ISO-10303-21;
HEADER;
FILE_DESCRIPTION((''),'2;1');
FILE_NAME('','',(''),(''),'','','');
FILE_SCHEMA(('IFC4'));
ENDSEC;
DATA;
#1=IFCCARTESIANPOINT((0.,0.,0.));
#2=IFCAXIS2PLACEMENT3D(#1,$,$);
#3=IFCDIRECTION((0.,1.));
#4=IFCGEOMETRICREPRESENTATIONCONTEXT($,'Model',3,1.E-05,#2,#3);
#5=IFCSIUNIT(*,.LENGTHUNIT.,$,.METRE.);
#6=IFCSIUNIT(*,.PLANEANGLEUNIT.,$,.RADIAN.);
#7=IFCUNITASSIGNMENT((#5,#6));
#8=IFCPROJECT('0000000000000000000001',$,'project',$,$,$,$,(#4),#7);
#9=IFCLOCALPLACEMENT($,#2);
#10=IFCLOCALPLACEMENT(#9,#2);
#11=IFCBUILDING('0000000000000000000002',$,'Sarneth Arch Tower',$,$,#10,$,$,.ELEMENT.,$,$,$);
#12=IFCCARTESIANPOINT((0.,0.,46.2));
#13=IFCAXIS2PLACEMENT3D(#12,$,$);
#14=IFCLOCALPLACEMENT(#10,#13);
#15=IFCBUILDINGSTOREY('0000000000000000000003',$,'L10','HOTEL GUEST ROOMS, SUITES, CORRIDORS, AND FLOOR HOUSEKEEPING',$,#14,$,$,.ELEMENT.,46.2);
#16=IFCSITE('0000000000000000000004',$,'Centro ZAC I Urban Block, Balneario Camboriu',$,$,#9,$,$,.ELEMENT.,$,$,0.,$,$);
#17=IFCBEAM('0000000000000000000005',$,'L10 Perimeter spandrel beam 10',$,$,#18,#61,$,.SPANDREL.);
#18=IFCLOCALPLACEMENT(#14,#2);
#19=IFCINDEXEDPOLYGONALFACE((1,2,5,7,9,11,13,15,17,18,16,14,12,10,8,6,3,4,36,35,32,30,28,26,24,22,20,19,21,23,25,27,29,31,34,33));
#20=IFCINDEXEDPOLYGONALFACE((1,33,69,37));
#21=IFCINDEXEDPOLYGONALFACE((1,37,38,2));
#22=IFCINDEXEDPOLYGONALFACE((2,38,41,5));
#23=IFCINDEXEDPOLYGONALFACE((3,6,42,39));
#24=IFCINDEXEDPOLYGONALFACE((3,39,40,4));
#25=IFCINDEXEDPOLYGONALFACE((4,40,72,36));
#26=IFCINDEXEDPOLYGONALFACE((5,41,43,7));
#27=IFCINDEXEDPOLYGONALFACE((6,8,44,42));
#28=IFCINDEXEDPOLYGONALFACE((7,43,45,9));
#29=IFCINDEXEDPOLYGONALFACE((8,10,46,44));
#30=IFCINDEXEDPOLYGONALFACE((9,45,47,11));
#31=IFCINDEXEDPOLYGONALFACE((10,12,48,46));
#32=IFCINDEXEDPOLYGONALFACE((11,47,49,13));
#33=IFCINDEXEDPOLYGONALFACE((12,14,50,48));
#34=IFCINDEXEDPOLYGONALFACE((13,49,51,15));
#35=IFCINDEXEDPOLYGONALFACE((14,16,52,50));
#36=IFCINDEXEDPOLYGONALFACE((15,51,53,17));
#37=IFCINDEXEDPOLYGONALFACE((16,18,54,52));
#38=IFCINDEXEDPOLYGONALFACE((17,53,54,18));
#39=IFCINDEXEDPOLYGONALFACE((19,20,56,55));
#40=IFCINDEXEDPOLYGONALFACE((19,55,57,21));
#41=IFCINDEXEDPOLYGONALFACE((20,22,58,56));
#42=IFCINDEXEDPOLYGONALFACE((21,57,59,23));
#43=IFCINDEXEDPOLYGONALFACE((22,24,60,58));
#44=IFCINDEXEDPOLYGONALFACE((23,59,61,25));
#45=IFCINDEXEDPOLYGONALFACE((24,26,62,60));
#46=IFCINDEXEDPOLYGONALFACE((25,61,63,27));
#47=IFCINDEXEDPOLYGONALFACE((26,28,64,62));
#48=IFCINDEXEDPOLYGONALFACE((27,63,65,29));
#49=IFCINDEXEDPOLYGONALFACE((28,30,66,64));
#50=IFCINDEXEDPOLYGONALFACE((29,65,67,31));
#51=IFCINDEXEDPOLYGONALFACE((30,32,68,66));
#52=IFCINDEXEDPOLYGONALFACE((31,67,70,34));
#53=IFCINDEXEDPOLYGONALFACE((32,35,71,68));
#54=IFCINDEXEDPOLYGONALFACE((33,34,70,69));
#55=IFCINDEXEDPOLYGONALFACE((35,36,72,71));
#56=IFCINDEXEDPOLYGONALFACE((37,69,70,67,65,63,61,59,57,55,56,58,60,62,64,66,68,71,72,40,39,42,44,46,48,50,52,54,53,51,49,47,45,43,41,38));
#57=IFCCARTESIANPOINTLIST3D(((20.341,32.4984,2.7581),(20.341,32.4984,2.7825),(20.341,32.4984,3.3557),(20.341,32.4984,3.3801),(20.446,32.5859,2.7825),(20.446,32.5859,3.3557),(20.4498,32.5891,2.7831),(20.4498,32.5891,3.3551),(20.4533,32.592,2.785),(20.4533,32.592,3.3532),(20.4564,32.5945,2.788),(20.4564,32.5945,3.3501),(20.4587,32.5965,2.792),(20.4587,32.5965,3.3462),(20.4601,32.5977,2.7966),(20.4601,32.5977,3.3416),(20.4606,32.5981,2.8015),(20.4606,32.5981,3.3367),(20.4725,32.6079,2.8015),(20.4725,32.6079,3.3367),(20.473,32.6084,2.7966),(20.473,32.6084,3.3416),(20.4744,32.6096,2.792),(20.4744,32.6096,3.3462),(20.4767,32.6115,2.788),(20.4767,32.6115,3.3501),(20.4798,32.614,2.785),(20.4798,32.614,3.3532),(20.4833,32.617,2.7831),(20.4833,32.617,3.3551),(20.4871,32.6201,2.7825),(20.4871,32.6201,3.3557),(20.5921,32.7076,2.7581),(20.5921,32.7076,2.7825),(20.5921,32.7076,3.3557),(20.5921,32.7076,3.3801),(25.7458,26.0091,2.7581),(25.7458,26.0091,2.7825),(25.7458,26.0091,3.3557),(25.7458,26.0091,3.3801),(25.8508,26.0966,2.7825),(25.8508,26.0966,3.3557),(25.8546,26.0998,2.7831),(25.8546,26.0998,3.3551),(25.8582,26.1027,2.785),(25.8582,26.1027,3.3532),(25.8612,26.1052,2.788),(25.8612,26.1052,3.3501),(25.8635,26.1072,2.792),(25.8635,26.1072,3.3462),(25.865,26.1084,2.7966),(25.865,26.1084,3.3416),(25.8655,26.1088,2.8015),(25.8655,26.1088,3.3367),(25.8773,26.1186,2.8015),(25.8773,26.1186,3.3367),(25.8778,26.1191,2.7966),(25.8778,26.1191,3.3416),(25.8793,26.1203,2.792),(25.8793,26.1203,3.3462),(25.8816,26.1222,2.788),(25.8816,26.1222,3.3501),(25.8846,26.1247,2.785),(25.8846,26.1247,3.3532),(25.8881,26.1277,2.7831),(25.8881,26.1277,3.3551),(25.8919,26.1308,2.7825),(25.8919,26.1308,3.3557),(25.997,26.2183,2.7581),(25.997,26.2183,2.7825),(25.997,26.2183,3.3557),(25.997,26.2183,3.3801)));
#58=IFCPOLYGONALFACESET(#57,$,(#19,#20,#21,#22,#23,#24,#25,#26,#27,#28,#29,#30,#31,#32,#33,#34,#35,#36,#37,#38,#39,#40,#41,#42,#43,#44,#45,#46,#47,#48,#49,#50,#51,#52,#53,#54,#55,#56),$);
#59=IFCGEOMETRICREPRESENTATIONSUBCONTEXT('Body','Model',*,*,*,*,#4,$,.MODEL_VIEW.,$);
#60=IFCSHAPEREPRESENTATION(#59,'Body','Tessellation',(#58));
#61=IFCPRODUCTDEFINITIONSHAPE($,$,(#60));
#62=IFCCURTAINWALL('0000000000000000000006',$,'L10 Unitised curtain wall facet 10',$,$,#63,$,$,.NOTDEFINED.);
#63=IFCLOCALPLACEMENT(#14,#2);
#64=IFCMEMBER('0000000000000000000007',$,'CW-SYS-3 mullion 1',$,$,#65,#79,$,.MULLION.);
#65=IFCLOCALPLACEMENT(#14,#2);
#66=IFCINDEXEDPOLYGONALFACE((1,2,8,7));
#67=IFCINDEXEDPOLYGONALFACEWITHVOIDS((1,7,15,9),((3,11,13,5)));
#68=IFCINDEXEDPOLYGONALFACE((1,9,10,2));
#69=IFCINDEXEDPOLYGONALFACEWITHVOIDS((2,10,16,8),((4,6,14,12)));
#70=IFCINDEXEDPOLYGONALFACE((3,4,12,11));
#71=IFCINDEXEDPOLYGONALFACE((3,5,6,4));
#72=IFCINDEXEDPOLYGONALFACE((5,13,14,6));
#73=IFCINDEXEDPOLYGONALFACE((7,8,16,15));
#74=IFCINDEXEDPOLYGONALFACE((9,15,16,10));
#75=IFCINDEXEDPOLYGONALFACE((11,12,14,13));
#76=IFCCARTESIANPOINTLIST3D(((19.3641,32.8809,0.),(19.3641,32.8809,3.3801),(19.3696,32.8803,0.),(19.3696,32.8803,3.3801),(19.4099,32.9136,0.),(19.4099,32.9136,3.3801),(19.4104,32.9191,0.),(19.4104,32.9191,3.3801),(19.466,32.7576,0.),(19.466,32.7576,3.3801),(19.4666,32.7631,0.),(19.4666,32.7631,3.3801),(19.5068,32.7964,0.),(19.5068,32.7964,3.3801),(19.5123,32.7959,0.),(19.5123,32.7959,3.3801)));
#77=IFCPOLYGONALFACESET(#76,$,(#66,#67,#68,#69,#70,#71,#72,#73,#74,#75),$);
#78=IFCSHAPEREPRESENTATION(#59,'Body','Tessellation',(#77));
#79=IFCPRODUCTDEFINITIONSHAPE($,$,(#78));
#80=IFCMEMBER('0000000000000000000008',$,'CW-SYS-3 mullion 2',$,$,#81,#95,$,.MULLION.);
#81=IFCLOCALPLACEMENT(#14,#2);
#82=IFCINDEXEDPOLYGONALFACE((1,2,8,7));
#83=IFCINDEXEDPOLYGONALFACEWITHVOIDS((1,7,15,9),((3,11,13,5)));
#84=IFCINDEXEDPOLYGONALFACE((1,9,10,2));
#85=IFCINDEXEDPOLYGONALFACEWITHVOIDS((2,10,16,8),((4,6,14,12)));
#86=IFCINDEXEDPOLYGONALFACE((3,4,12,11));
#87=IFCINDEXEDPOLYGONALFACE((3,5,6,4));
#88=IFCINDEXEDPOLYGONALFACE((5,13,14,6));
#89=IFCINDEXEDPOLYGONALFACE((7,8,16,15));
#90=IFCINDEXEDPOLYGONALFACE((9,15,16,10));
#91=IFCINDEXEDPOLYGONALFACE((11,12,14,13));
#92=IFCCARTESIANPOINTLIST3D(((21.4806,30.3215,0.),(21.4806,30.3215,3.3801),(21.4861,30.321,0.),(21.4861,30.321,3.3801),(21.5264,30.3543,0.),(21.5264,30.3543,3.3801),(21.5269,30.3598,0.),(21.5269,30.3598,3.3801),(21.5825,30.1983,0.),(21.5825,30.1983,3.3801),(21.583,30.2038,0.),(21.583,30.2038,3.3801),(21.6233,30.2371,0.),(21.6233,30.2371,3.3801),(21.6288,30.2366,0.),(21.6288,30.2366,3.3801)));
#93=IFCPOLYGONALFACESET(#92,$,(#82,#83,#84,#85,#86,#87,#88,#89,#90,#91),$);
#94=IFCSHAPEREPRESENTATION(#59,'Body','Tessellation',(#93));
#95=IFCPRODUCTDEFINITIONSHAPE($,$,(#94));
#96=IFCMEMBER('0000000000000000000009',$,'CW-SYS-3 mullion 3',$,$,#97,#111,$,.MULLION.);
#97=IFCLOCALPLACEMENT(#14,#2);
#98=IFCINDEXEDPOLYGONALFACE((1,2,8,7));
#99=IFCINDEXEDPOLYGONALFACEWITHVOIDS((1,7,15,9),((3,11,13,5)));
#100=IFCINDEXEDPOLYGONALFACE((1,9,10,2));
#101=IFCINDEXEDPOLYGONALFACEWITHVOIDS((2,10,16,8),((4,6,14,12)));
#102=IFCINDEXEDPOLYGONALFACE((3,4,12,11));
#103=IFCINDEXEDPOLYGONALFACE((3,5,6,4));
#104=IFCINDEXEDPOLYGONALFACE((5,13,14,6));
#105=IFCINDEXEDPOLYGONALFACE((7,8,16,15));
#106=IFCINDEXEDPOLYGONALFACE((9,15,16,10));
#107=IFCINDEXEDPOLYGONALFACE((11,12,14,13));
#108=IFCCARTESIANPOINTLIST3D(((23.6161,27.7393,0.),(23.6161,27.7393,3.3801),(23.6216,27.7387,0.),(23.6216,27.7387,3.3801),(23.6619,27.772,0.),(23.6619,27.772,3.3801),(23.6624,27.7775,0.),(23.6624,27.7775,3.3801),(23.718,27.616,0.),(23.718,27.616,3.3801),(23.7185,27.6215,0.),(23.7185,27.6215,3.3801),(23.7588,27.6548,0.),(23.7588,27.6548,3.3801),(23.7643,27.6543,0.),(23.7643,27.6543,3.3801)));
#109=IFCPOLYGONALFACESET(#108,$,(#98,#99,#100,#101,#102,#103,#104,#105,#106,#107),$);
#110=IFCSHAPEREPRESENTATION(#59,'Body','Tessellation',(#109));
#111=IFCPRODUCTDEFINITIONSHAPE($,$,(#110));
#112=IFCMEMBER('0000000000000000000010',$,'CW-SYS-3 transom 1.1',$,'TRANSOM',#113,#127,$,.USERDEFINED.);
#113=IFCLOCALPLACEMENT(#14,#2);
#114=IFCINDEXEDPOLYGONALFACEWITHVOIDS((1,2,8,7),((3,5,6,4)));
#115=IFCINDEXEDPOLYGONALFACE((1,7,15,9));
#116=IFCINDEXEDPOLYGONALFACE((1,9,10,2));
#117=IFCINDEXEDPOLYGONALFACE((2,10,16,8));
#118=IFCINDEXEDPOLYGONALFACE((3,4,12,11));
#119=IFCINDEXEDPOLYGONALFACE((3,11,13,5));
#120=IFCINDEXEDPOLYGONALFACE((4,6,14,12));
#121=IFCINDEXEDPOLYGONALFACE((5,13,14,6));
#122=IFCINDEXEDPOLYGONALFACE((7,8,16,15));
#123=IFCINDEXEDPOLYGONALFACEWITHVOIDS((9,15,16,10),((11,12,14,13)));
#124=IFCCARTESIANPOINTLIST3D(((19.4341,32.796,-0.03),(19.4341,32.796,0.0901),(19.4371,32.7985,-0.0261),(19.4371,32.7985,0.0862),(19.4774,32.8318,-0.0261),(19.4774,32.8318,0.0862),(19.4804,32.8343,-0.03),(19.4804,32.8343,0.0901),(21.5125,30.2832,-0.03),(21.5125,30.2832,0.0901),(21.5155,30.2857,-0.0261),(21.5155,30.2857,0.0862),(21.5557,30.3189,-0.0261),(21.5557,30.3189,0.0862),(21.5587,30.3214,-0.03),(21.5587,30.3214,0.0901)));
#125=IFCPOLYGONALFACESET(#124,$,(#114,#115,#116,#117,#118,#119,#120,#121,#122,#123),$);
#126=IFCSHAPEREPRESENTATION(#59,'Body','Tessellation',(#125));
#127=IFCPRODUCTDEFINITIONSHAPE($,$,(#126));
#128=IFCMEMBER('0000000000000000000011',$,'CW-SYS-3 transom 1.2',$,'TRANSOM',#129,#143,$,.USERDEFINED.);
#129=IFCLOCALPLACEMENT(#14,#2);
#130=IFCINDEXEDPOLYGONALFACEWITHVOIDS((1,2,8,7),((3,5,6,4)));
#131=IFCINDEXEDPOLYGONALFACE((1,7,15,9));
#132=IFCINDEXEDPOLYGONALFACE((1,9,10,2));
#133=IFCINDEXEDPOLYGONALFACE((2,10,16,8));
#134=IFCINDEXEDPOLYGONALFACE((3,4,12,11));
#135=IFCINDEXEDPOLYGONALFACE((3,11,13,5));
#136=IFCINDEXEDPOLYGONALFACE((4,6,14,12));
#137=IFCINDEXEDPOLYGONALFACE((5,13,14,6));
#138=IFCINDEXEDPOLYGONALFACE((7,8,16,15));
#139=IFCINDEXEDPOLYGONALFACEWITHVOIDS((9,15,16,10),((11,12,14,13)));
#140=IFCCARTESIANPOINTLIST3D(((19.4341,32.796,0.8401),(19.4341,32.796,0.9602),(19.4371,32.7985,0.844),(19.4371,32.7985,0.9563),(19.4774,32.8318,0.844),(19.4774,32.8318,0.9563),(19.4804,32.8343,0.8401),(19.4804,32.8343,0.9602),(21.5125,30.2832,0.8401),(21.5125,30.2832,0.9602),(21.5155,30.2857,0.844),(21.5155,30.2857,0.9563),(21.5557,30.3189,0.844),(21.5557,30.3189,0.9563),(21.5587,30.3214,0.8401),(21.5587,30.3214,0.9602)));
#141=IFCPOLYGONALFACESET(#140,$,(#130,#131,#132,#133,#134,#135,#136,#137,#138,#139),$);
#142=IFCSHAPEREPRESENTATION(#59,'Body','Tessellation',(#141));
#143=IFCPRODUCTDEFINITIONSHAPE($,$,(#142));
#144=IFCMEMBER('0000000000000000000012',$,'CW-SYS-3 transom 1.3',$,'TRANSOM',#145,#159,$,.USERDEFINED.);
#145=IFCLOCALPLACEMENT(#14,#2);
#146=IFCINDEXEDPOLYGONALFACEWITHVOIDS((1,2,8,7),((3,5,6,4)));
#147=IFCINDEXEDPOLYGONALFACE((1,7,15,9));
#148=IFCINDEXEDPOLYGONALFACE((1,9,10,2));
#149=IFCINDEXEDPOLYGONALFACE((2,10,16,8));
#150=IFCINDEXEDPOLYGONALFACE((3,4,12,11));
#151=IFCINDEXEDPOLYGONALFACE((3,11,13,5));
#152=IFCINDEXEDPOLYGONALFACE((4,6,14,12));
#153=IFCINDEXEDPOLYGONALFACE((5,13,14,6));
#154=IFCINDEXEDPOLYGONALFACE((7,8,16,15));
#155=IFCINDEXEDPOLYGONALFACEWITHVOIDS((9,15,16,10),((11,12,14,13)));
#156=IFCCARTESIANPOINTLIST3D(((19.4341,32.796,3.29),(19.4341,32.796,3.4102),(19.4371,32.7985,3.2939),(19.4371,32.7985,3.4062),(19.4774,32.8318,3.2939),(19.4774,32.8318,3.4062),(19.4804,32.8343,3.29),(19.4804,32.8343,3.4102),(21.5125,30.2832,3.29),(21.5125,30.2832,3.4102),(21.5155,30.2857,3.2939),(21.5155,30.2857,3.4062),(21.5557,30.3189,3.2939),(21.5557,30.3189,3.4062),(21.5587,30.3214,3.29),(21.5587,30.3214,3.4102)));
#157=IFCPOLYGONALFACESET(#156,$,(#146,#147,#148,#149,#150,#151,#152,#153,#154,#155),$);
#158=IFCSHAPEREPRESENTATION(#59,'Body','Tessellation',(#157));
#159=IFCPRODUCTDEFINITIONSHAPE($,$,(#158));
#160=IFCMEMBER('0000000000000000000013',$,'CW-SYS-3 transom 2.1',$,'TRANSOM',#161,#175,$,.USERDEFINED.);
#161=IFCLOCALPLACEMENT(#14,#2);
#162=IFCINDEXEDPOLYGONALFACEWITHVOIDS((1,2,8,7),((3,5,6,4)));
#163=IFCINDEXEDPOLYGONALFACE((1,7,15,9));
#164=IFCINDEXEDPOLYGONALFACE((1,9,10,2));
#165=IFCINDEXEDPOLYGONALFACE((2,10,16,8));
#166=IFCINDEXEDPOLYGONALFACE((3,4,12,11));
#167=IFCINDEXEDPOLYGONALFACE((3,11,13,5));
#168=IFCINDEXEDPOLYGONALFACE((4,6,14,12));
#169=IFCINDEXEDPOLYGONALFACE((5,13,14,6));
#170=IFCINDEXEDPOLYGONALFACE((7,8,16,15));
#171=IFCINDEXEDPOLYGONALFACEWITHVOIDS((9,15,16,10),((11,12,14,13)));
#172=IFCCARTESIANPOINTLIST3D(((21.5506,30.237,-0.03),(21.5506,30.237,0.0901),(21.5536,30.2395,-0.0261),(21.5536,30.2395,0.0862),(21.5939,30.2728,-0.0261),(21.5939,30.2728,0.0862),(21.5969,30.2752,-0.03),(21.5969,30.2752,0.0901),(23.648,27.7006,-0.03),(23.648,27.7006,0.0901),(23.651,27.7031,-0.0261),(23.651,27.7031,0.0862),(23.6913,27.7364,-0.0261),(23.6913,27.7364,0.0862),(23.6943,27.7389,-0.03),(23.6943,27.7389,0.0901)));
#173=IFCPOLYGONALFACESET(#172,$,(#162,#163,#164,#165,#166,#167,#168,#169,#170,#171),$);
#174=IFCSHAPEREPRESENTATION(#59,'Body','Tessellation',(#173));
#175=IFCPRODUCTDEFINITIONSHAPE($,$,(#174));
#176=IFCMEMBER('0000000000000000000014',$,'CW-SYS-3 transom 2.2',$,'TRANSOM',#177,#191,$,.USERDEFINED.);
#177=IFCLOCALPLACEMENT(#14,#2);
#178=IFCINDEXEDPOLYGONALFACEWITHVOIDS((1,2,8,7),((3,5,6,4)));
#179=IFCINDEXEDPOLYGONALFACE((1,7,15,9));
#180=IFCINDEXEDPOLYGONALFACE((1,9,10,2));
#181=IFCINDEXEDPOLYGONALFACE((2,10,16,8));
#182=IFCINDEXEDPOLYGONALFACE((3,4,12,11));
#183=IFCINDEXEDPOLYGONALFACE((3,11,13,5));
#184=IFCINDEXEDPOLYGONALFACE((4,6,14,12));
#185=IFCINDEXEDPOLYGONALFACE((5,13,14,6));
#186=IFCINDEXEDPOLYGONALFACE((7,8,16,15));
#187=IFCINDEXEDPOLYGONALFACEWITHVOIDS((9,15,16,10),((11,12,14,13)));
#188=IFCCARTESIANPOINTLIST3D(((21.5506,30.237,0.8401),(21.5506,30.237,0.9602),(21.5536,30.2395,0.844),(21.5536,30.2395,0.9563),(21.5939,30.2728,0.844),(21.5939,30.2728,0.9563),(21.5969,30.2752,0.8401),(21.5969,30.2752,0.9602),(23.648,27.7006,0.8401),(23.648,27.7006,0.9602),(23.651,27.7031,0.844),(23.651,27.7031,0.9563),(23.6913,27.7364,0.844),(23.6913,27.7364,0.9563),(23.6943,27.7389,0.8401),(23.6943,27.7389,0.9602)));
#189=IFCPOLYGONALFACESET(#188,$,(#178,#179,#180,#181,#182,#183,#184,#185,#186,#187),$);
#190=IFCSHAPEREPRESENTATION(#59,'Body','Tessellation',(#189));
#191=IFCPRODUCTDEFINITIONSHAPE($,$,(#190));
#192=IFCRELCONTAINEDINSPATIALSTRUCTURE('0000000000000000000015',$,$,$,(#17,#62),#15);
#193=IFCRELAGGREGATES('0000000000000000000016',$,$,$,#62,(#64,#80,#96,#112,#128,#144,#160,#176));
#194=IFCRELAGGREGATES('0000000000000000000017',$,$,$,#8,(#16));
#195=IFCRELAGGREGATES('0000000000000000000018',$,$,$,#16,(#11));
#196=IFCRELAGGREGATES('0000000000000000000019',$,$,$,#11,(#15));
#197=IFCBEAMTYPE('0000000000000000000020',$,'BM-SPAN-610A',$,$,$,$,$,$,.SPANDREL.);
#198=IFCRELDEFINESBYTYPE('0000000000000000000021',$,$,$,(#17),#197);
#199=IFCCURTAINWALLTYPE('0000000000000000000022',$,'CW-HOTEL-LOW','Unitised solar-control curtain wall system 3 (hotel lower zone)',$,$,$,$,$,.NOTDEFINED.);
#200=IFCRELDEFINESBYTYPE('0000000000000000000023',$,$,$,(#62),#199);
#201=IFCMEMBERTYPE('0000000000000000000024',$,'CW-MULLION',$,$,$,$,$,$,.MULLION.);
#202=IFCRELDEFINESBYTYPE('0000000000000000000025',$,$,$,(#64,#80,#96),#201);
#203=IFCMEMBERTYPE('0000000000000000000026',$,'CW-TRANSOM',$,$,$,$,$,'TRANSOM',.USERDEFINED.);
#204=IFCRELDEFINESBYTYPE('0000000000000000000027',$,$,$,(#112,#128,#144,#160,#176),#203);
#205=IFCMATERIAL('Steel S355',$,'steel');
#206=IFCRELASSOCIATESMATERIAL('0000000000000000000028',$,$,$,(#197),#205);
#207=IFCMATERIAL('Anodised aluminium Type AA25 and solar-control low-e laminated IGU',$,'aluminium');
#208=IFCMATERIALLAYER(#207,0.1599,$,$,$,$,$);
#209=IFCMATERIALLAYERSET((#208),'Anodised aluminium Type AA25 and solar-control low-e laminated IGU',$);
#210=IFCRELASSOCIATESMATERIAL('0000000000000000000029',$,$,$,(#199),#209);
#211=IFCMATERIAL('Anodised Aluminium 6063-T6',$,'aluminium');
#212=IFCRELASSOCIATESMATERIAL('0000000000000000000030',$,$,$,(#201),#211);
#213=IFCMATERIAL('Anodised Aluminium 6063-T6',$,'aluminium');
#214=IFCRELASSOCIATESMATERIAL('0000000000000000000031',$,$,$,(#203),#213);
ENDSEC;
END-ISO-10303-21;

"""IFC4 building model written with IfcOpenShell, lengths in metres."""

from ifc_helpers import new_model, si_unit, direction, frame, origin, origin_2d, place, context, subcontext, project, spatial, hollow_rectangle, i_section, extrude, material, layer, layer_set, material_profile, profile_set, type_object, element, aggregate, save


model = new_model("IFC4")

# Units and contexts
model_context = context("Model", 3, precision=1e-05, world=origin(), true_north=direction((0.0, 1.0)))
body_context = subcontext(model_context, "Body", "Model", "MODEL_VIEW")
ifc_project = project(units=[si_unit("LENGTHUNIT", "METRE"), si_unit("PLANEANGLEUNIT", "RADIAN")], contexts=[model_context])

# Site, building, storey
site_placement = place(None, origin())
site = spatial("IfcSite", under=ifc_project, at=site_placement, Name="Centro ZAC I Urban Block, Balneario Camboriu", CompositionType="ELEMENT", RefElevation=0.0)
building_placement = place(site_placement, origin())
building = spatial("IfcBuilding", under=site, at=building_placement, Name="Sarneth Arch Tower", CompositionType="ELEMENT")
storey_placement = place(building_placement, frame((0.0, 0.0, 46.2)))
storey = spatial("IfcBuildingStorey", under=building, at=storey_placement, Name="L10", Description="HOTEL GUEST ROOMS, SUITES, CORRIDORS, AND FLOOR HOUSEKEEPING", CompositionType="ELEMENT", Elevation=46.2)

# Beam
ifc_material_1 = material(Name="Steel S355", Category="steel")
ifc_material_profile_1 = material_profile(ifc_material_1, i_section(OverallWidth=0.3269, OverallDepth=0.6221, WebThickness=0.0154, FlangeThickness=0.0244, FilletRadius=0.019, at=origin_2d()), Name="W610x195")
ifc_profile_set_1 = profile_set([ifc_material_profile_1], Name="Steel S355")
beam_type_1 = type_object("IfcBeamType", Name="BM-SPAN-610A", PredefinedType="SPANDREL", material=ifc_profile_set_1)
beam_1_placement = place(storey_placement, frame((20.4666, 32.603, 3.0691), z_axis=(0.63998, -0.768392, 0.0), x_axis=(0.768392, 0.63998, 0.0)))
element("IfcBeam", 1, at=beam_1_placement, inside=storey, type_object=beam_type_1, Name="L10 Perimeter spandrel beam 10", PredefinedType="SPANDREL", context=body_context, shape_type="SweptSolid", body=[
    extrude(i_section(OverallWidth=0.3269, OverallDepth=0.6221, WebThickness=0.0154, FlangeThickness=0.0244, FilletRadius=0.019, at=origin_2d()), origin(), (0.0, 0.0, 1.0), 8.4453),
])

# Curtain wall, members
ifc_material_2 = material(Name="Anodised aluminium Type AA25 and solar-control low-e laminated IGU", Category="aluminium")
ifc_layer_1 = layer(ifc_material_2, 0.1599)
ifc_layer_set_1 = layer_set([ifc_layer_1], Name="Anodised aluminium Type AA25 and solar-control low-e laminated IGU")
curtain_wall_type = type_object("IfcCurtainWallType", Name="CW-HOTEL-LOW", Description="Unitised solar-control curtain wall system 3 (hotel lower zone)", PredefinedType="NOTDEFINED", material=ifc_layer_set_1)
curtain_wall_placement = place(storey_placement, origin())
curtain_wall = element("IfcCurtainWall", 2, at=curtain_wall_placement, inside=storey, type_object=curtain_wall_type, Name="L10 Unitised curtain wall facet 10", PredefinedType="NOTDEFINED")
ifc_material_3 = material(Name="Anodised Aluminium 6063-T6", Category="aluminium")
ifc_material_profile_2 = material_profile(ifc_material_3, hollow_rectangle(XDim=0.0601, YDim=0.1599, WallThickness=0.0039, at=origin_2d()), Name="AL-MULL-160x60x4")
ifc_profile_set_2 = profile_set([ifc_material_profile_2], Name="Anodised Aluminium 6063-T6")
member_type_1 = type_object("IfcMemberType", Name="CW-MULLION", PredefinedType="MULLION", material=ifc_profile_set_2)
member_1_placement = place(storey_placement, frame((19.4382, 32.8384, 0.0), z_axis=(0.0, 0.0, 1.0), x_axis=(0.770623, 0.637291, 0.0)))
member_1 = element("IfcMember", 3, at=member_1_placement, type_object=member_type_1, Name="CW-SYS-3 mullion 1", PredefinedType="MULLION", context=body_context, shape_type="SweptSolid", body=[
    extrude(hollow_rectangle(XDim=0.0601, YDim=0.1599, WallThickness=0.0039, at=origin_2d()), origin(), (0.0, 0.0, 1.0), 3.3801),
])
member_2_placement = place(storey_placement, frame((21.5547, 30.2791, 0.0), z_axis=(0.0, 0.0, 1.0), x_axis=(0.770623, 0.637291, 0.0)))
member_2 = element("IfcMember", 4, at=member_2_placement, type_object=member_type_1, Name="CW-SYS-3 mullion 2", PredefinedType="MULLION", context=body_context, shape_type="SweptSolid", body=[
    extrude(hollow_rectangle(XDim=0.0601, YDim=0.1599, WallThickness=0.0039, at=origin_2d()), origin(), (0.0, 0.0, 1.0), 3.3801),
])
member_3_placement = place(storey_placement, frame((23.6902, 27.6968, 0.0), z_axis=(0.0, 0.0, 1.0), x_axis=(0.770623, 0.637291, 0.0)))
member_3 = element("IfcMember", 5, at=member_3_placement, type_object=member_type_1, Name="CW-SYS-3 mullion 3", PredefinedType="MULLION", context=body_context, shape_type="SweptSolid", body=[
    extrude(hollow_rectangle(XDim=0.0601, YDim=0.1599, WallThickness=0.0039, at=origin_2d()), origin(), (0.0, 0.0, 1.0), 3.3801),
])
ifc_material_4 = material(Name="Anodised Aluminium 6063-T6", Category="aluminium")
ifc_material_profile_3 = material_profile(ifc_material_4, hollow_rectangle(XDim=0.0601, YDim=0.1201, WallThickness=0.0039, at=origin_2d()), Name="AL-TRAN-120x60x4")
ifc_profile_set_3 = profile_set([ifc_material_profile_3], Name="Anodised Aluminium 6063-T6")
member_type_2 = type_object("IfcMemberType", Name="CW-TRANSOM", ElementType="TRANSOM", PredefinedType="USERDEFINED", material=ifc_profile_set_3)
member_4_placement = place(storey_placement, frame((19.4573, 32.8152, 0.03), z_axis=(0.63733, -0.770591, 0.0), x_axis=(0.770591, 0.63733, 0.0)))
member_4 = element("IfcMember", 6, at=member_4_placement, type_object=member_type_2, Name="CW-SYS-3 transom 1.1", ObjectType="TRANSOM", PredefinedType="USERDEFINED", context=body_context, shape_type="SweptSolid", body=[
    extrude(hollow_rectangle(XDim=0.0601, YDim=0.1201, WallThickness=0.0039, at=origin_2d()), origin(), (0.0, 0.0, 1.0), 3.261),
])
member_5_placement = place(storey_placement, frame((19.4573, 32.8152, 0.9001), z_axis=(0.63733, -0.770591, 0.0), x_axis=(0.770591, 0.63733, 0.0)))
member_5 = element("IfcMember", 7, at=member_5_placement, type_object=member_type_2, Name="CW-SYS-3 transom 1.2", ObjectType="TRANSOM", PredefinedType="USERDEFINED", context=body_context, shape_type="SweptSolid", body=[
    extrude(hollow_rectangle(XDim=0.0601, YDim=0.1201, WallThickness=0.0039, at=origin_2d()), origin(), (0.0, 0.0, 1.0), 3.261),
])
member_6_placement = place(storey_placement, frame((19.4573, 32.8152, 3.3501), z_axis=(0.63733, -0.770591, 0.0), x_axis=(0.770591, 0.63733, 0.0)))
member_6 = element("IfcMember", 8, at=member_6_placement, type_object=member_type_2, Name="CW-SYS-3 transom 1.3", ObjectType="TRANSOM", PredefinedType="USERDEFINED", context=body_context, shape_type="SweptSolid", body=[
    extrude(hollow_rectangle(XDim=0.0601, YDim=0.1201, WallThickness=0.0039, at=origin_2d()), origin(), (0.0, 0.0, 1.0), 3.261),
])
member_7_placement = place(storey_placement, frame((21.5737, 30.2561, 0.03), z_axis=(0.637269, -0.770642, 0.0), x_axis=(0.770642, 0.637269, 0.0)))
member_7 = element("IfcMember", 9, at=member_7_placement, type_object=member_type_2, Name="CW-SYS-3 transom 2.1", ObjectType="TRANSOM", PredefinedType="USERDEFINED", context=body_context, shape_type="SweptSolid", body=[
    extrude(hollow_rectangle(XDim=0.0601, YDim=0.1201, WallThickness=0.0039, at=origin_2d()), origin(), (0.0, 0.0, 1.0), 3.2913),
])
member_8_placement = place(storey_placement, frame((21.5737, 30.2561, 0.9001), z_axis=(0.637269, -0.770642, 0.0), x_axis=(0.770642, 0.637269, 0.0)))
member_8 = element("IfcMember", 10, at=member_8_placement, type_object=member_type_2, Name="CW-SYS-3 transom 2.2", ObjectType="TRANSOM", PredefinedType="USERDEFINED", context=body_context, shape_type="SweptSolid", body=[
    extrude(hollow_rectangle(XDim=0.0601, YDim=0.1201, WallThickness=0.0039, at=origin_2d()), origin(), (0.0, 0.0, 1.0), 3.2913),
])
aggregate(curtain_wall, [member_1, member_2, member_3, member_4, member_5, member_6, member_7, member_8])

save(model, "model.ifc")
